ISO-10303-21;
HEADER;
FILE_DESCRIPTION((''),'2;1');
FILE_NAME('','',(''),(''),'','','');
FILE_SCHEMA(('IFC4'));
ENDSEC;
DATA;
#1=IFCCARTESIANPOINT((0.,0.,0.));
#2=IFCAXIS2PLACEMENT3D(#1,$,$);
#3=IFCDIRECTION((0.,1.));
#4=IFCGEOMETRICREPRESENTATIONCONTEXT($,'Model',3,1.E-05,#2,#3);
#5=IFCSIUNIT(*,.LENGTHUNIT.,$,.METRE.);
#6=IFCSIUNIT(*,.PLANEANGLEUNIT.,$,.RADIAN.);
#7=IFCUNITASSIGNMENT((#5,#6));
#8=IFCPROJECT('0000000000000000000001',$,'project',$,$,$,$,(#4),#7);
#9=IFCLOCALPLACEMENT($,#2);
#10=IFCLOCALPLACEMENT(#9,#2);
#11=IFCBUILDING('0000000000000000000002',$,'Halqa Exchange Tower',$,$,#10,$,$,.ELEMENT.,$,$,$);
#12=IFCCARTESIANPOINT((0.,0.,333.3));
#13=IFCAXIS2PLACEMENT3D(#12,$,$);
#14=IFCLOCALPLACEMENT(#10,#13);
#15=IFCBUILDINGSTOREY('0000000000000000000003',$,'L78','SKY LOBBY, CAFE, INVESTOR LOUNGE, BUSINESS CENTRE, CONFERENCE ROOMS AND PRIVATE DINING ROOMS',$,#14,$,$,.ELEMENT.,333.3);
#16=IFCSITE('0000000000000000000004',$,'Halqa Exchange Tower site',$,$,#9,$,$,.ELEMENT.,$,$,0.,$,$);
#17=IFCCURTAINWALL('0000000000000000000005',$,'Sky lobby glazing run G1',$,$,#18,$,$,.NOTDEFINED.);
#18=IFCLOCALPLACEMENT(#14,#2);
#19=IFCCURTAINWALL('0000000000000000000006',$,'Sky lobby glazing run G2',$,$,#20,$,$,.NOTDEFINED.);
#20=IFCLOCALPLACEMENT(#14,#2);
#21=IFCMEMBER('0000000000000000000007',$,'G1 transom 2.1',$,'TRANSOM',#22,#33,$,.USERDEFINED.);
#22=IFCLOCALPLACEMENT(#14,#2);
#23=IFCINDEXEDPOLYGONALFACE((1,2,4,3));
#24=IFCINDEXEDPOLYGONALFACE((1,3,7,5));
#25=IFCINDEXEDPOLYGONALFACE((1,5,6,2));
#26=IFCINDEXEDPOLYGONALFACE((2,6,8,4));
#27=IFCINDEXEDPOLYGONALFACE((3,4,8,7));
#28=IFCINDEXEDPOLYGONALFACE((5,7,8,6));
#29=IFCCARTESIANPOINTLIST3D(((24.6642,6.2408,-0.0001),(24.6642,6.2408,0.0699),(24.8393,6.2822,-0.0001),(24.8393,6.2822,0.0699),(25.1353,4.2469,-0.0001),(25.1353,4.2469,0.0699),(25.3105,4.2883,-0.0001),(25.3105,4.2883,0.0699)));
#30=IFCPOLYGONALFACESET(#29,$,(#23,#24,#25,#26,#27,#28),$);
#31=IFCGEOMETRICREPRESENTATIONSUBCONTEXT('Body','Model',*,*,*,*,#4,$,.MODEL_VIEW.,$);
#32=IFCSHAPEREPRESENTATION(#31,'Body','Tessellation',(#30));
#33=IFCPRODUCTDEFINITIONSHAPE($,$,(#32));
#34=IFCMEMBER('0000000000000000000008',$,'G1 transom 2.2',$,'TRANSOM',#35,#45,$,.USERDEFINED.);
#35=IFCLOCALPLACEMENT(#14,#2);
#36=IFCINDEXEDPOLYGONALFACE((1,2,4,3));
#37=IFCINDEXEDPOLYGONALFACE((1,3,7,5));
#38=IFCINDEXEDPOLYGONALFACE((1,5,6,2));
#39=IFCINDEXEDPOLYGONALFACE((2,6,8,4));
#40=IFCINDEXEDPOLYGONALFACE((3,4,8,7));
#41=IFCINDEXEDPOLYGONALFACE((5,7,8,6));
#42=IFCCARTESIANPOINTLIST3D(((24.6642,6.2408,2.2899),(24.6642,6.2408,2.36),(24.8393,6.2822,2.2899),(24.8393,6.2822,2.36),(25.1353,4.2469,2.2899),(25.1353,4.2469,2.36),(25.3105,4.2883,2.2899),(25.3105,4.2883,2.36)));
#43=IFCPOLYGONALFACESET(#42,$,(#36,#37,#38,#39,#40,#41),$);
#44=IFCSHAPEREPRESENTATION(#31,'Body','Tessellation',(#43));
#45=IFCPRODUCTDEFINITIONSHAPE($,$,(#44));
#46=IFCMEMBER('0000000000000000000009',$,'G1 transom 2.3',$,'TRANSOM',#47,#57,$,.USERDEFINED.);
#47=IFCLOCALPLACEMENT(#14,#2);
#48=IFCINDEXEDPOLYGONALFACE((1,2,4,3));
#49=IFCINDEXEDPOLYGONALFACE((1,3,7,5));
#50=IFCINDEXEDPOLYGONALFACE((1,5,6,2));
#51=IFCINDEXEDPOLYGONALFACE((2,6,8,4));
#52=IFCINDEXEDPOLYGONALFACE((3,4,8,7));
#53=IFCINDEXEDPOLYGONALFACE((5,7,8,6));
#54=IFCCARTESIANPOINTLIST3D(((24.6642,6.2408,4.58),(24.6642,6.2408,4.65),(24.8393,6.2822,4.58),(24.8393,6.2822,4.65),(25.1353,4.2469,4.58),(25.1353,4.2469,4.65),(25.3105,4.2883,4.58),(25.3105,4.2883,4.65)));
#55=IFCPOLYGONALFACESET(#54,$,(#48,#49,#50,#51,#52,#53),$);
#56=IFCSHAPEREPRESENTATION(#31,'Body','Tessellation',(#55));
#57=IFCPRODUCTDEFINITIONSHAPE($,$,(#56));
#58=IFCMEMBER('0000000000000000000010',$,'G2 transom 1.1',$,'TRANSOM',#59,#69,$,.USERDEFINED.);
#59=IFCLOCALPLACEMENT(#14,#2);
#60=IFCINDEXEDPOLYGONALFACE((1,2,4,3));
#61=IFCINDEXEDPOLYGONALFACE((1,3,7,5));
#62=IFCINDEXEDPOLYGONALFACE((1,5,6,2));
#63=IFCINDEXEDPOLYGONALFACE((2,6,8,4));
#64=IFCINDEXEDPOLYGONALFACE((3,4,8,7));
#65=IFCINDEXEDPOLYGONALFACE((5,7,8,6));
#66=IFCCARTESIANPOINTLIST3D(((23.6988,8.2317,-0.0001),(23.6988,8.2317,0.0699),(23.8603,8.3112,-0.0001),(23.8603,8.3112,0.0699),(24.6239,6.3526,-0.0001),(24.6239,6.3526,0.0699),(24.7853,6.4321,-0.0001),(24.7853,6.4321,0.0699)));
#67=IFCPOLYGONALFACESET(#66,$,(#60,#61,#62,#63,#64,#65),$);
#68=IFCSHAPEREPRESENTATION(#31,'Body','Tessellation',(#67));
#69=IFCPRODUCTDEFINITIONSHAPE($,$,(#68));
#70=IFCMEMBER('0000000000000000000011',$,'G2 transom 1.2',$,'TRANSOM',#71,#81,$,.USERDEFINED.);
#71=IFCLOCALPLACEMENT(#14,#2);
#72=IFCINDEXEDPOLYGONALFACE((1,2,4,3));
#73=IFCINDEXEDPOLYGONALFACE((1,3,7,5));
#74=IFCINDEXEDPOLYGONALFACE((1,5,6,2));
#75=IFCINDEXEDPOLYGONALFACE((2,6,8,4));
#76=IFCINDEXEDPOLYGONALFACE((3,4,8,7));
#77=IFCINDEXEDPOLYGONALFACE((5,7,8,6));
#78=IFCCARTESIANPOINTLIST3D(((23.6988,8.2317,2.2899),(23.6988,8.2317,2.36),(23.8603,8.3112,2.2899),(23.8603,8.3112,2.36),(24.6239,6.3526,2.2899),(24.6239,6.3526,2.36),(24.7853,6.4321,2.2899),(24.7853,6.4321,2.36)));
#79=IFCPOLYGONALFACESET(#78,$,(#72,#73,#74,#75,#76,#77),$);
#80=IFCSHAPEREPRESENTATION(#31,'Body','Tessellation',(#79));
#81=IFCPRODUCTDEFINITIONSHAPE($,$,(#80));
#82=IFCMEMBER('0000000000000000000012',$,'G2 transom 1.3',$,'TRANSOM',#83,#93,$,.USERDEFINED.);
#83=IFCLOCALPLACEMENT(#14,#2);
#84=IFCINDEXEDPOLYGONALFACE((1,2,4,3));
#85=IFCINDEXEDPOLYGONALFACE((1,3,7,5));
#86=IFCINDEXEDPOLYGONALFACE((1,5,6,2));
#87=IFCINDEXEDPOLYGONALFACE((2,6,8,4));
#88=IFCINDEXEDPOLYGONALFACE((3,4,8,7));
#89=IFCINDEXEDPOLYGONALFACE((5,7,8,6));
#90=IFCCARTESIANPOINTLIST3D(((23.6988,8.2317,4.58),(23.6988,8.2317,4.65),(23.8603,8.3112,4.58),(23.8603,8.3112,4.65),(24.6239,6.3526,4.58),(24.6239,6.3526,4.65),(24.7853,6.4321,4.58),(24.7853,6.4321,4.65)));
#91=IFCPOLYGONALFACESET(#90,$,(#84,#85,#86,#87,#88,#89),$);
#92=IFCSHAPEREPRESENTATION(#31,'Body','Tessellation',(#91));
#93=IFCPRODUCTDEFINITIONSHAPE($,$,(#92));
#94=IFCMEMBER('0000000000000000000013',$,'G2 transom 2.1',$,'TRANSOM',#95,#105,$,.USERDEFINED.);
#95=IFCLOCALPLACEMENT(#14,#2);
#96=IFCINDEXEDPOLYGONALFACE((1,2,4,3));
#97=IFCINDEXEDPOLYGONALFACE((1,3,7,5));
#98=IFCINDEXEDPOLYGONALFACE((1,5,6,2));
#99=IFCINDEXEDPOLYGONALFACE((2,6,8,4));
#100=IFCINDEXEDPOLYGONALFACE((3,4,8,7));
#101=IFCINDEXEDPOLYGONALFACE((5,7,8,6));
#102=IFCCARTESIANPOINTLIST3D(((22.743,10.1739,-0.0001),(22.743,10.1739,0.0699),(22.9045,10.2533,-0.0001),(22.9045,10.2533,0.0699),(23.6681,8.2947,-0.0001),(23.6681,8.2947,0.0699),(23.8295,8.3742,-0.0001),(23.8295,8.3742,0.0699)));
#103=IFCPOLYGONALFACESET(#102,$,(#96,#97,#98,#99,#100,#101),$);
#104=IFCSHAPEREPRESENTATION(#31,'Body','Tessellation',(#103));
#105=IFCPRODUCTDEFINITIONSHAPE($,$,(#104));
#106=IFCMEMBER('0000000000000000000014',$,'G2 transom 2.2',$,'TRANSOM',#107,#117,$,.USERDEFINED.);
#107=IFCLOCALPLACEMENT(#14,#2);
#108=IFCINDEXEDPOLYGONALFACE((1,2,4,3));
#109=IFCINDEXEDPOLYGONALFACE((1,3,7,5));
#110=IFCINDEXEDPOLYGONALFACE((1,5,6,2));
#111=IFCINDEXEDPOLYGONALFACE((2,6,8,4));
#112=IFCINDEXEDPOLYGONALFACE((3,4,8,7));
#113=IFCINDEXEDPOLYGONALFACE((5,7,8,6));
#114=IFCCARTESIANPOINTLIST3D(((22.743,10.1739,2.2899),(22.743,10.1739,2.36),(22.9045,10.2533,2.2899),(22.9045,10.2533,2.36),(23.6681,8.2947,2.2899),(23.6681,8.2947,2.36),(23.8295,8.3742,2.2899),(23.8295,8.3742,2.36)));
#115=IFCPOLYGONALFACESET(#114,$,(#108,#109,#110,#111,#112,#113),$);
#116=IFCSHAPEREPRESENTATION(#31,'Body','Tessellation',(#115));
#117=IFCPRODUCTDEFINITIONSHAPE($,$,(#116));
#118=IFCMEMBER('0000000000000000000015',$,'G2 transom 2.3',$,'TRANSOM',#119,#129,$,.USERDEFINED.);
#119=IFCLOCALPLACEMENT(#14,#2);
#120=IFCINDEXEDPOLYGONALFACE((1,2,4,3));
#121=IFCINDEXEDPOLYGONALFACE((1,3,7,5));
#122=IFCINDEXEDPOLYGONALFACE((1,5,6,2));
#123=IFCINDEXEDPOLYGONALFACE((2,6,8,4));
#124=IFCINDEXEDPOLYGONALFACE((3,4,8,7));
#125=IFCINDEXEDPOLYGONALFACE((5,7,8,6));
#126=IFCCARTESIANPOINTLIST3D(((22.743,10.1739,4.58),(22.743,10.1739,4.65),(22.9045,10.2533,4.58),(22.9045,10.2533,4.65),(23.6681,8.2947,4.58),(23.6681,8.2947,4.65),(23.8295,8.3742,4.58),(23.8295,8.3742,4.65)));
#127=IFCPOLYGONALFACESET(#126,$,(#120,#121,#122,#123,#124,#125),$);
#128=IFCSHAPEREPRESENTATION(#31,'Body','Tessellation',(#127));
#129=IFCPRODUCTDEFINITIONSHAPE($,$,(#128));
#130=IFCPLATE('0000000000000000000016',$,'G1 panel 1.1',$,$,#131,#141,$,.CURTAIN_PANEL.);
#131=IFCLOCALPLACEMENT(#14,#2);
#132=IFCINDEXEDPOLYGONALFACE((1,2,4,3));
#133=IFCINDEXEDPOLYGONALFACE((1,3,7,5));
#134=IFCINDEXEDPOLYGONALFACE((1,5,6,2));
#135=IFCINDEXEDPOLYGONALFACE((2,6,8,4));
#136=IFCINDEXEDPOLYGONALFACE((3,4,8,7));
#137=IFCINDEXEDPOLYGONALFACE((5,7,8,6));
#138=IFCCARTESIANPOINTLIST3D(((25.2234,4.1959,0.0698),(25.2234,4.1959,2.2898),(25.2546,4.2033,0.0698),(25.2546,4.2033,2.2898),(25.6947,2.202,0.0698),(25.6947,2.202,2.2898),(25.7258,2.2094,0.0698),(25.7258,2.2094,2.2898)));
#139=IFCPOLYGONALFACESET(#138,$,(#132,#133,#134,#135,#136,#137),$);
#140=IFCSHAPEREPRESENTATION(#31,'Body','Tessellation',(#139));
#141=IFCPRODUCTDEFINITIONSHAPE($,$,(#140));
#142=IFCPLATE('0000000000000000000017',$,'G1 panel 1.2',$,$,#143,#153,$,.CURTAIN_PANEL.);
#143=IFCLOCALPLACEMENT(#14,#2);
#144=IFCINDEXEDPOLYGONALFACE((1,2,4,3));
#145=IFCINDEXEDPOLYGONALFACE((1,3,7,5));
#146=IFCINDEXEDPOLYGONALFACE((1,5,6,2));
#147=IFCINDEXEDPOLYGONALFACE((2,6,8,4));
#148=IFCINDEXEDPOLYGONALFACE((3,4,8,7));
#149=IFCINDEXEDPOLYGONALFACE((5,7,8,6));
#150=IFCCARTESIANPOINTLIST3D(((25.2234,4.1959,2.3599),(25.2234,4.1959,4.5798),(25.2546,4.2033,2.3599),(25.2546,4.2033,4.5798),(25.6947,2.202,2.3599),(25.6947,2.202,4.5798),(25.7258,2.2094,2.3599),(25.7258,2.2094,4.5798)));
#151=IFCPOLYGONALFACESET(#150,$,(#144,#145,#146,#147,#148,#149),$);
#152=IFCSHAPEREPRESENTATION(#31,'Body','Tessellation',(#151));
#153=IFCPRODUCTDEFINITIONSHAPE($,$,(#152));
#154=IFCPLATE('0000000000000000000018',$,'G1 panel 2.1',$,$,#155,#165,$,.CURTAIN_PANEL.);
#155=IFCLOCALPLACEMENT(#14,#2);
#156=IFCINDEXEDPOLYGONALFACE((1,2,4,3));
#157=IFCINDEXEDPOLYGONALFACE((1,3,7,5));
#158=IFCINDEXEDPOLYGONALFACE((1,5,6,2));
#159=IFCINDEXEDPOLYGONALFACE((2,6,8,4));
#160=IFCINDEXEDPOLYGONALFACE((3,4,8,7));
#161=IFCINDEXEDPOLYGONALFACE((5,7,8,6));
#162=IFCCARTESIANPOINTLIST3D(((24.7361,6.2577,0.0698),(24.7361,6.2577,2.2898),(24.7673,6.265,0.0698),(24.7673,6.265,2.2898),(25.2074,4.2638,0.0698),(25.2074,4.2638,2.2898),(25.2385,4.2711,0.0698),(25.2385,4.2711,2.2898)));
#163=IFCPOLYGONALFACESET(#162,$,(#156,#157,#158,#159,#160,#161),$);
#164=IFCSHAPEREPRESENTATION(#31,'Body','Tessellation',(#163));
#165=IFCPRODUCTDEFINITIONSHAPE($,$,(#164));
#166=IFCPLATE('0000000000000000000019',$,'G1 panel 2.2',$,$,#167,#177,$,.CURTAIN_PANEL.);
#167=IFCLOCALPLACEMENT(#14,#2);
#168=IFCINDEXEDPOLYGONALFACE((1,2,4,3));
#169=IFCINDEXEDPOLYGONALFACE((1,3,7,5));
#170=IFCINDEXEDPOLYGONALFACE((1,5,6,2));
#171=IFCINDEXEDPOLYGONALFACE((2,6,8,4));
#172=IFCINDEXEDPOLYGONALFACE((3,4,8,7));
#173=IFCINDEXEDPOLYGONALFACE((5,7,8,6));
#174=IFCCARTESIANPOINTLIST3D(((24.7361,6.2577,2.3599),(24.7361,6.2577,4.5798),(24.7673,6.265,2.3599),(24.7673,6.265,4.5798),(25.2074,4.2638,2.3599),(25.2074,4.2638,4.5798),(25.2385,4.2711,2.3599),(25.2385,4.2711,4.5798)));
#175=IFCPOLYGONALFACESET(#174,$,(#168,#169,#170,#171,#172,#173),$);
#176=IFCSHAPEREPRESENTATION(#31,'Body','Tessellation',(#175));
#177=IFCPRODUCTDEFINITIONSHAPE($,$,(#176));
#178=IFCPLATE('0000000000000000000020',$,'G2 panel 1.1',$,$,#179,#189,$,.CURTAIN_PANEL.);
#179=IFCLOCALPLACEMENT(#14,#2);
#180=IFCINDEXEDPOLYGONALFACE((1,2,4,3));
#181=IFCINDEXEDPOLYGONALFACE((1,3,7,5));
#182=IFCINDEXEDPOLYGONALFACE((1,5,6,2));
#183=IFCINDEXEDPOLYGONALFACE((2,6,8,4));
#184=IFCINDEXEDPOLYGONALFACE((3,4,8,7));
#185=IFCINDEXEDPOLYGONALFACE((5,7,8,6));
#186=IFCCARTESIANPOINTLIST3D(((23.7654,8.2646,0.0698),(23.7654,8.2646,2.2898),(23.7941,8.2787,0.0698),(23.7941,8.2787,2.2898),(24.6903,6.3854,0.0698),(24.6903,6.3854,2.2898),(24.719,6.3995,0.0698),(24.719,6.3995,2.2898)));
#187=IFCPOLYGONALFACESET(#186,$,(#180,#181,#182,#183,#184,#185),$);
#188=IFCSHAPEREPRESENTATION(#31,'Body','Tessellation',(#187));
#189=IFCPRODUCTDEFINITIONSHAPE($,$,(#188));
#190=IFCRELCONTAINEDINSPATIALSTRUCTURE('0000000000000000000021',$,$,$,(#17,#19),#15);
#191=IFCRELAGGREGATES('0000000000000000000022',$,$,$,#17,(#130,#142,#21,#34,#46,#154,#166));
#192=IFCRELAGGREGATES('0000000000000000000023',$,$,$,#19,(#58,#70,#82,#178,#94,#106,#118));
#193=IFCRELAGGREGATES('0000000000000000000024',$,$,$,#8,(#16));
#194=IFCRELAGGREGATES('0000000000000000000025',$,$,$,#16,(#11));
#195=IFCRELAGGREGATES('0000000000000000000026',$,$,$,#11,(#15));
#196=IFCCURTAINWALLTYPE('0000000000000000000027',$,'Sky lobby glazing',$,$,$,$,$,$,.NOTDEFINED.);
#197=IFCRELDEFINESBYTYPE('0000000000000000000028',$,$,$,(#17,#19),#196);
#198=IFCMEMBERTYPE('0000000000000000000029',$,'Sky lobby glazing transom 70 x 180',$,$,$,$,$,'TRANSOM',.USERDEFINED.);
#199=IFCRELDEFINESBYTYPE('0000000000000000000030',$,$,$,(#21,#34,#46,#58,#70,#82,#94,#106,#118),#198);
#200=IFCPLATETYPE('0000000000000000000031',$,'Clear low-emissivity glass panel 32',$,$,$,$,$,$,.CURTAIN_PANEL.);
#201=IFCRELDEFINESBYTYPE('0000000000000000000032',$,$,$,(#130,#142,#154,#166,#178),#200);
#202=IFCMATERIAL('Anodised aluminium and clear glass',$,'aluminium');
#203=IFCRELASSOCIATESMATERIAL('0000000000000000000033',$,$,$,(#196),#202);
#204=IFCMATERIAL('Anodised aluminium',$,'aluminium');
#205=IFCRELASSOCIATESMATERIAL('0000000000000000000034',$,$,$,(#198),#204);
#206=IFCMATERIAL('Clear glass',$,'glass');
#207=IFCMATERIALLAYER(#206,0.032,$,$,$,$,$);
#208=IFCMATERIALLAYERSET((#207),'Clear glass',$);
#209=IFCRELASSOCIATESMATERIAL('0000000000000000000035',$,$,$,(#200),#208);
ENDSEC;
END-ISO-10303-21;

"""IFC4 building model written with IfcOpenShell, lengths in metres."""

from ifc_helpers import new_model, si_unit, direction, frame, origin, origin_2d, place, context, subcontext, project, spatial, rectangle, extrude, material, layer, layer_set, material_profile, profile_set, type_object, element, aggregate, save


model = new_model("IFC4")

# Units and contexts
model_context = context("Model", 3, precision=1e-05, world=origin(), true_north=direction((0.0, 1.0)))
body_context = subcontext(model_context, "Body", "Model", "MODEL_VIEW")
ifc_project = project(units=[si_unit("LENGTHUNIT", "METRE"), si_unit("PLANEANGLEUNIT", "RADIAN")], contexts=[model_context])

# Site, building, storey
site_placement = place(None, origin())
site = spatial("IfcSite", under=ifc_project, at=site_placement, Name="Halqa Exchange Tower site", CompositionType="ELEMENT", RefElevation=0.0)
building_placement = place(site_placement, origin())
building = spatial("IfcBuilding", under=site, at=building_placement, Name="Halqa Exchange Tower", CompositionType="ELEMENT")
storey_placement = place(building_placement, frame((0.0, 0.0, 333.3)))
storey = spatial("IfcBuildingStorey", under=building, at=storey_placement, Name="L78", Description="SKY LOBBY, CAFE, INVESTOR LOUNGE, BUSINESS CENTRE, CONFERENCE ROOMS AND PRIVATE DINING ROOMS", CompositionType="ELEMENT", Elevation=333.3)

# Curtain walls
ifc_material_1 = material(Name="Anodised aluminium and clear glass", Category="aluminium")
curtain_wall_type = type_object("IfcCurtainWallType", Name="Sky lobby glazing", PredefinedType="NOTDEFINED", material=ifc_material_1)
curtain_wall_1_placement = place(storey_placement, origin())
curtain_wall_1 = element("IfcCurtainWall", 1, at=curtain_wall_1_placement, inside=storey, type_object=curtain_wall_type, Name="Sky lobby glazing run G1", PredefinedType="NOTDEFINED")
ifc_material_2 = material(Name="Anodised aluminium", Category="aluminium")
curtain_wall_2_placement = place(storey_placement, origin())
curtain_wall_2 = element("IfcCurtainWall", 2, at=curtain_wall_2_placement, inside=storey, type_object=curtain_wall_type, Name="Sky lobby glazing run G2", PredefinedType="NOTDEFINED")

# Members
ifc_material_profile_1 = material_profile(ifc_material_2, rectangle(XDim=0.1799, YDim=0.0701, at=origin_2d()), Name="AL 70x180")
ifc_profile_set_1 = profile_set([ifc_material_profile_1], Name="Anodised aluminium")
member_type_1 = type_object("IfcMemberType", Name="Sky lobby glazing transom 70 x 180", ElementType="TRANSOM", PredefinedType="USERDEFINED", material=ifc_profile_set_1)
member_1_placement = place(storey_placement, frame((25.2229, 4.2676, 0.0349), z_axis=(-0.229982, 0.973195, 0.0), x_axis=(-0.973195, -0.229982, 0.0)))
member_1 = element("IfcMember", 3, at=member_1_placement, type_object=member_type_1, Name="G1 transom 2.1", ObjectType="TRANSOM", PredefinedType="USERDEFINED", context=body_context, shape_type="SweptSolid", body=[
    extrude(rectangle(XDim=0.1799, YDim=0.0701, at=origin_2d()), origin(), (0.0, 0.0, 1.0), 2.0488),
])
member_2_placement = place(storey_placement, frame((25.2229, 4.2676, 2.325), z_axis=(-0.229982, 0.973195, 0.0), x_axis=(-0.973195, -0.229982, 0.0)))
member_2 = element("IfcMember", 4, at=member_2_placement, type_object=member_type_1, Name="G1 transom 2.2", ObjectType="TRANSOM", PredefinedType="USERDEFINED", context=body_context, shape_type="SweptSolid", body=[
    extrude(rectangle(XDim=0.1799, YDim=0.0701, at=origin_2d()), origin(), (0.0, 0.0, 1.0), 2.0488),
])
member_3_placement = place(storey_placement, frame((25.2229, 4.2676, 4.615), z_axis=(-0.229982, 0.973195, 0.0), x_axis=(-0.973195, -0.229982, 0.0)))
member_3 = element("IfcMember", 5, at=member_3_placement, type_object=member_type_1, Name="G1 transom 2.3", ObjectType="TRANSOM", PredefinedType="USERDEFINED", context=body_context, shape_type="SweptSolid", body=[
    extrude(rectangle(XDim=0.1799, YDim=0.0701, at=origin_2d()), origin(), (0.0, 0.0, 1.0), 2.0488),
])
member_4_placement = place(storey_placement, frame((24.7046, 6.3923, 0.0349), z_axis=(-0.441657, 0.897184, 0.0), x_axis=(-0.897184, -0.441657, 0.0)))
member_4 = element("IfcMember", 6, at=member_4_placement, type_object=member_type_1, Name="G2 transom 1.1", ObjectType="TRANSOM", PredefinedType="USERDEFINED", context=body_context, shape_type="SweptSolid", body=[
    extrude(rectangle(XDim=0.1799, YDim=0.0701, at=origin_2d()), origin(), (0.0, 0.0, 1.0), 2.0945),
])
member_5_placement = place(storey_placement, frame((24.7046, 6.3923, 2.325), z_axis=(-0.441657, 0.897184, 0.0), x_axis=(-0.897184, -0.441657, 0.0)))
member_5 = element("IfcMember", 7, at=member_5_placement, type_object=member_type_1, Name="G2 transom 1.2", ObjectType="TRANSOM", PredefinedType="USERDEFINED", context=body_context, shape_type="SweptSolid", body=[
    extrude(rectangle(XDim=0.1799, YDim=0.0701, at=origin_2d()), origin(), (0.0, 0.0, 1.0), 2.0945),
])
member_6_placement = place(storey_placement, frame((24.7046, 6.3923, 4.615), z_axis=(-0.441657, 0.897184, 0.0), x_axis=(-0.897184, -0.441657, 0.0)))
member_6 = element("IfcMember", 8, at=member_6_placement, type_object=member_type_1, Name="G2 transom 1.3", ObjectType="TRANSOM", PredefinedType="USERDEFINED", context=body_context, shape_type="SweptSolid", body=[
    extrude(rectangle(XDim=0.1799, YDim=0.0701, at=origin_2d()), origin(), (0.0, 0.0, 1.0), 2.0945),
])
member_7_placement = place(storey_placement, frame((23.7488, 8.3345, 0.0349), z_axis=(-0.441657, 0.897184, 0.0), x_axis=(-0.897184, -0.441657, 0.0)))
member_7 = element("IfcMember", 9, at=member_7_placement, type_object=member_type_1, Name="G2 transom 2.1", ObjectType="TRANSOM", PredefinedType="USERDEFINED", context=body_context, shape_type="SweptSolid", body=[
    extrude(rectangle(XDim=0.1799, YDim=0.0701, at=origin_2d()), origin(), (0.0, 0.0, 1.0), 2.0945),
])
member_8_placement = place(storey_placement, frame((23.7488, 8.3345, 2.325), z_axis=(-0.441657, 0.897184, 0.0), x_axis=(-0.897184, -0.441657, 0.0)))
member_8 = element("IfcMember", 10, at=member_8_placement, type_object=member_type_1, Name="G2 transom 2.2", ObjectType="TRANSOM", PredefinedType="USERDEFINED", context=body_context, shape_type="SweptSolid", body=[
    extrude(rectangle(XDim=0.1799, YDim=0.0701, at=origin_2d()), origin(), (0.0, 0.0, 1.0), 2.0945),
])
member_9_placement = place(storey_placement, frame((23.7488, 8.3345, 4.615), z_axis=(-0.441657, 0.897184, 0.0), x_axis=(-0.897184, -0.441657, 0.0)))
member_9 = element("IfcMember", 11, at=member_9_placement, type_object=member_type_1, Name="G2 transom 2.3", ObjectType="TRANSOM", PredefinedType="USERDEFINED", context=body_context, shape_type="SweptSolid", body=[
    extrude(rectangle(XDim=0.1799, YDim=0.0701, at=origin_2d()), origin(), (0.0, 0.0, 1.0), 2.0945),
])

# Plates
ifc_material_3 = material(Name="Clear glass", Category="glass")
ifc_layer_1 = layer(ifc_material_3, 0.032)
ifc_layer_set_1 = layer_set([ifc_layer_1], Name="Clear glass")
plate_type = type_object("IfcPlateType", Name="Clear low-emissivity glass panel 32", PredefinedType="CURTAIN_PANEL", material=ifc_layer_set_1)
plate_1_placement = place(storey_placement, frame((25.4746, 3.2026, 0.0698), z_axis=(0.0, 0.0, 1.0), x_axis=(-0.229995, 0.973192, 0.0)))
plate_1 = element("IfcPlate", 12, at=plate_1_placement, type_object=plate_type, Name="G1 panel 1.1", PredefinedType="CURTAIN_PANEL", context=body_context, shape_type="SweptSolid", body=[
    extrude(rectangle(XDim=2.0488, YDim=0.032, at=origin_2d()), origin(), (0.0, 0.0, 1.0), 2.22),
])
plate_2_placement = place(storey_placement, frame((25.4746, 3.2026, 2.3599), z_axis=(0.0, 0.0, 1.0), x_axis=(-0.229995, 0.973192, 0.0)))
plate_2 = element("IfcPlate", 13, at=plate_2_placement, type_object=plate_type, Name="G1 panel 1.2", PredefinedType="CURTAIN_PANEL", context=body_context, shape_type="SweptSolid", body=[
    extrude(rectangle(XDim=2.0488, YDim=0.032, at=origin_2d()), origin(), (0.0, 0.0, 1.0), 2.22),
])
plate_3_placement = place(storey_placement, frame((24.9873, 5.2644, 0.0698), z_axis=(0.0, 0.0, 1.0), x_axis=(-0.229995, 0.973192, 0.0)))
plate_3 = element("IfcPlate", 14, at=plate_3_placement, type_object=plate_type, Name="G1 panel 2.1", PredefinedType="CURTAIN_PANEL", context=body_context, shape_type="SweptSolid", body=[
    extrude(rectangle(XDim=2.0488, YDim=0.032, at=origin_2d()), origin(), (0.0, 0.0, 1.0), 2.22),
])
plate_4_placement = place(storey_placement, frame((24.9873, 5.2644, 2.3599), z_axis=(0.0, 0.0, 1.0), x_axis=(-0.229995, 0.973192, 0.0)))
plate_4 = element("IfcPlate", 15, at=plate_4_placement, type_object=plate_type, Name="G1 panel 2.2", PredefinedType="CURTAIN_PANEL", context=body_context, shape_type="SweptSolid", body=[
    extrude(rectangle(XDim=2.0488, YDim=0.032, at=origin_2d()), origin(), (0.0, 0.0, 1.0), 2.22),
])
aggregate(curtain_wall_1, [plate_1, plate_2, member_1, member_2, member_3, plate_3, plate_4])
plate_5_placement = place(storey_placement, frame((24.2422, 7.332, 0.0698), z_axis=(0.0, 0.0, 1.0), x_axis=(-0.441595, 0.897215, 0.0)))
plate_5 = element("IfcPlate", 16, at=plate_5_placement, type_object=plate_type, Name="G2 panel 1.1", PredefinedType="CURTAIN_PANEL", context=body_context, shape_type="SweptSolid", body=[
    extrude(rectangle(XDim=2.0945, YDim=0.032, at=origin_2d()), origin(), (0.0, 0.0, 1.0), 2.22),
])
aggregate(curtain_wall_2, [member_4, member_5, member_6, plate_5, member_7, member_8, member_9])

save(model, "model.ifc")
